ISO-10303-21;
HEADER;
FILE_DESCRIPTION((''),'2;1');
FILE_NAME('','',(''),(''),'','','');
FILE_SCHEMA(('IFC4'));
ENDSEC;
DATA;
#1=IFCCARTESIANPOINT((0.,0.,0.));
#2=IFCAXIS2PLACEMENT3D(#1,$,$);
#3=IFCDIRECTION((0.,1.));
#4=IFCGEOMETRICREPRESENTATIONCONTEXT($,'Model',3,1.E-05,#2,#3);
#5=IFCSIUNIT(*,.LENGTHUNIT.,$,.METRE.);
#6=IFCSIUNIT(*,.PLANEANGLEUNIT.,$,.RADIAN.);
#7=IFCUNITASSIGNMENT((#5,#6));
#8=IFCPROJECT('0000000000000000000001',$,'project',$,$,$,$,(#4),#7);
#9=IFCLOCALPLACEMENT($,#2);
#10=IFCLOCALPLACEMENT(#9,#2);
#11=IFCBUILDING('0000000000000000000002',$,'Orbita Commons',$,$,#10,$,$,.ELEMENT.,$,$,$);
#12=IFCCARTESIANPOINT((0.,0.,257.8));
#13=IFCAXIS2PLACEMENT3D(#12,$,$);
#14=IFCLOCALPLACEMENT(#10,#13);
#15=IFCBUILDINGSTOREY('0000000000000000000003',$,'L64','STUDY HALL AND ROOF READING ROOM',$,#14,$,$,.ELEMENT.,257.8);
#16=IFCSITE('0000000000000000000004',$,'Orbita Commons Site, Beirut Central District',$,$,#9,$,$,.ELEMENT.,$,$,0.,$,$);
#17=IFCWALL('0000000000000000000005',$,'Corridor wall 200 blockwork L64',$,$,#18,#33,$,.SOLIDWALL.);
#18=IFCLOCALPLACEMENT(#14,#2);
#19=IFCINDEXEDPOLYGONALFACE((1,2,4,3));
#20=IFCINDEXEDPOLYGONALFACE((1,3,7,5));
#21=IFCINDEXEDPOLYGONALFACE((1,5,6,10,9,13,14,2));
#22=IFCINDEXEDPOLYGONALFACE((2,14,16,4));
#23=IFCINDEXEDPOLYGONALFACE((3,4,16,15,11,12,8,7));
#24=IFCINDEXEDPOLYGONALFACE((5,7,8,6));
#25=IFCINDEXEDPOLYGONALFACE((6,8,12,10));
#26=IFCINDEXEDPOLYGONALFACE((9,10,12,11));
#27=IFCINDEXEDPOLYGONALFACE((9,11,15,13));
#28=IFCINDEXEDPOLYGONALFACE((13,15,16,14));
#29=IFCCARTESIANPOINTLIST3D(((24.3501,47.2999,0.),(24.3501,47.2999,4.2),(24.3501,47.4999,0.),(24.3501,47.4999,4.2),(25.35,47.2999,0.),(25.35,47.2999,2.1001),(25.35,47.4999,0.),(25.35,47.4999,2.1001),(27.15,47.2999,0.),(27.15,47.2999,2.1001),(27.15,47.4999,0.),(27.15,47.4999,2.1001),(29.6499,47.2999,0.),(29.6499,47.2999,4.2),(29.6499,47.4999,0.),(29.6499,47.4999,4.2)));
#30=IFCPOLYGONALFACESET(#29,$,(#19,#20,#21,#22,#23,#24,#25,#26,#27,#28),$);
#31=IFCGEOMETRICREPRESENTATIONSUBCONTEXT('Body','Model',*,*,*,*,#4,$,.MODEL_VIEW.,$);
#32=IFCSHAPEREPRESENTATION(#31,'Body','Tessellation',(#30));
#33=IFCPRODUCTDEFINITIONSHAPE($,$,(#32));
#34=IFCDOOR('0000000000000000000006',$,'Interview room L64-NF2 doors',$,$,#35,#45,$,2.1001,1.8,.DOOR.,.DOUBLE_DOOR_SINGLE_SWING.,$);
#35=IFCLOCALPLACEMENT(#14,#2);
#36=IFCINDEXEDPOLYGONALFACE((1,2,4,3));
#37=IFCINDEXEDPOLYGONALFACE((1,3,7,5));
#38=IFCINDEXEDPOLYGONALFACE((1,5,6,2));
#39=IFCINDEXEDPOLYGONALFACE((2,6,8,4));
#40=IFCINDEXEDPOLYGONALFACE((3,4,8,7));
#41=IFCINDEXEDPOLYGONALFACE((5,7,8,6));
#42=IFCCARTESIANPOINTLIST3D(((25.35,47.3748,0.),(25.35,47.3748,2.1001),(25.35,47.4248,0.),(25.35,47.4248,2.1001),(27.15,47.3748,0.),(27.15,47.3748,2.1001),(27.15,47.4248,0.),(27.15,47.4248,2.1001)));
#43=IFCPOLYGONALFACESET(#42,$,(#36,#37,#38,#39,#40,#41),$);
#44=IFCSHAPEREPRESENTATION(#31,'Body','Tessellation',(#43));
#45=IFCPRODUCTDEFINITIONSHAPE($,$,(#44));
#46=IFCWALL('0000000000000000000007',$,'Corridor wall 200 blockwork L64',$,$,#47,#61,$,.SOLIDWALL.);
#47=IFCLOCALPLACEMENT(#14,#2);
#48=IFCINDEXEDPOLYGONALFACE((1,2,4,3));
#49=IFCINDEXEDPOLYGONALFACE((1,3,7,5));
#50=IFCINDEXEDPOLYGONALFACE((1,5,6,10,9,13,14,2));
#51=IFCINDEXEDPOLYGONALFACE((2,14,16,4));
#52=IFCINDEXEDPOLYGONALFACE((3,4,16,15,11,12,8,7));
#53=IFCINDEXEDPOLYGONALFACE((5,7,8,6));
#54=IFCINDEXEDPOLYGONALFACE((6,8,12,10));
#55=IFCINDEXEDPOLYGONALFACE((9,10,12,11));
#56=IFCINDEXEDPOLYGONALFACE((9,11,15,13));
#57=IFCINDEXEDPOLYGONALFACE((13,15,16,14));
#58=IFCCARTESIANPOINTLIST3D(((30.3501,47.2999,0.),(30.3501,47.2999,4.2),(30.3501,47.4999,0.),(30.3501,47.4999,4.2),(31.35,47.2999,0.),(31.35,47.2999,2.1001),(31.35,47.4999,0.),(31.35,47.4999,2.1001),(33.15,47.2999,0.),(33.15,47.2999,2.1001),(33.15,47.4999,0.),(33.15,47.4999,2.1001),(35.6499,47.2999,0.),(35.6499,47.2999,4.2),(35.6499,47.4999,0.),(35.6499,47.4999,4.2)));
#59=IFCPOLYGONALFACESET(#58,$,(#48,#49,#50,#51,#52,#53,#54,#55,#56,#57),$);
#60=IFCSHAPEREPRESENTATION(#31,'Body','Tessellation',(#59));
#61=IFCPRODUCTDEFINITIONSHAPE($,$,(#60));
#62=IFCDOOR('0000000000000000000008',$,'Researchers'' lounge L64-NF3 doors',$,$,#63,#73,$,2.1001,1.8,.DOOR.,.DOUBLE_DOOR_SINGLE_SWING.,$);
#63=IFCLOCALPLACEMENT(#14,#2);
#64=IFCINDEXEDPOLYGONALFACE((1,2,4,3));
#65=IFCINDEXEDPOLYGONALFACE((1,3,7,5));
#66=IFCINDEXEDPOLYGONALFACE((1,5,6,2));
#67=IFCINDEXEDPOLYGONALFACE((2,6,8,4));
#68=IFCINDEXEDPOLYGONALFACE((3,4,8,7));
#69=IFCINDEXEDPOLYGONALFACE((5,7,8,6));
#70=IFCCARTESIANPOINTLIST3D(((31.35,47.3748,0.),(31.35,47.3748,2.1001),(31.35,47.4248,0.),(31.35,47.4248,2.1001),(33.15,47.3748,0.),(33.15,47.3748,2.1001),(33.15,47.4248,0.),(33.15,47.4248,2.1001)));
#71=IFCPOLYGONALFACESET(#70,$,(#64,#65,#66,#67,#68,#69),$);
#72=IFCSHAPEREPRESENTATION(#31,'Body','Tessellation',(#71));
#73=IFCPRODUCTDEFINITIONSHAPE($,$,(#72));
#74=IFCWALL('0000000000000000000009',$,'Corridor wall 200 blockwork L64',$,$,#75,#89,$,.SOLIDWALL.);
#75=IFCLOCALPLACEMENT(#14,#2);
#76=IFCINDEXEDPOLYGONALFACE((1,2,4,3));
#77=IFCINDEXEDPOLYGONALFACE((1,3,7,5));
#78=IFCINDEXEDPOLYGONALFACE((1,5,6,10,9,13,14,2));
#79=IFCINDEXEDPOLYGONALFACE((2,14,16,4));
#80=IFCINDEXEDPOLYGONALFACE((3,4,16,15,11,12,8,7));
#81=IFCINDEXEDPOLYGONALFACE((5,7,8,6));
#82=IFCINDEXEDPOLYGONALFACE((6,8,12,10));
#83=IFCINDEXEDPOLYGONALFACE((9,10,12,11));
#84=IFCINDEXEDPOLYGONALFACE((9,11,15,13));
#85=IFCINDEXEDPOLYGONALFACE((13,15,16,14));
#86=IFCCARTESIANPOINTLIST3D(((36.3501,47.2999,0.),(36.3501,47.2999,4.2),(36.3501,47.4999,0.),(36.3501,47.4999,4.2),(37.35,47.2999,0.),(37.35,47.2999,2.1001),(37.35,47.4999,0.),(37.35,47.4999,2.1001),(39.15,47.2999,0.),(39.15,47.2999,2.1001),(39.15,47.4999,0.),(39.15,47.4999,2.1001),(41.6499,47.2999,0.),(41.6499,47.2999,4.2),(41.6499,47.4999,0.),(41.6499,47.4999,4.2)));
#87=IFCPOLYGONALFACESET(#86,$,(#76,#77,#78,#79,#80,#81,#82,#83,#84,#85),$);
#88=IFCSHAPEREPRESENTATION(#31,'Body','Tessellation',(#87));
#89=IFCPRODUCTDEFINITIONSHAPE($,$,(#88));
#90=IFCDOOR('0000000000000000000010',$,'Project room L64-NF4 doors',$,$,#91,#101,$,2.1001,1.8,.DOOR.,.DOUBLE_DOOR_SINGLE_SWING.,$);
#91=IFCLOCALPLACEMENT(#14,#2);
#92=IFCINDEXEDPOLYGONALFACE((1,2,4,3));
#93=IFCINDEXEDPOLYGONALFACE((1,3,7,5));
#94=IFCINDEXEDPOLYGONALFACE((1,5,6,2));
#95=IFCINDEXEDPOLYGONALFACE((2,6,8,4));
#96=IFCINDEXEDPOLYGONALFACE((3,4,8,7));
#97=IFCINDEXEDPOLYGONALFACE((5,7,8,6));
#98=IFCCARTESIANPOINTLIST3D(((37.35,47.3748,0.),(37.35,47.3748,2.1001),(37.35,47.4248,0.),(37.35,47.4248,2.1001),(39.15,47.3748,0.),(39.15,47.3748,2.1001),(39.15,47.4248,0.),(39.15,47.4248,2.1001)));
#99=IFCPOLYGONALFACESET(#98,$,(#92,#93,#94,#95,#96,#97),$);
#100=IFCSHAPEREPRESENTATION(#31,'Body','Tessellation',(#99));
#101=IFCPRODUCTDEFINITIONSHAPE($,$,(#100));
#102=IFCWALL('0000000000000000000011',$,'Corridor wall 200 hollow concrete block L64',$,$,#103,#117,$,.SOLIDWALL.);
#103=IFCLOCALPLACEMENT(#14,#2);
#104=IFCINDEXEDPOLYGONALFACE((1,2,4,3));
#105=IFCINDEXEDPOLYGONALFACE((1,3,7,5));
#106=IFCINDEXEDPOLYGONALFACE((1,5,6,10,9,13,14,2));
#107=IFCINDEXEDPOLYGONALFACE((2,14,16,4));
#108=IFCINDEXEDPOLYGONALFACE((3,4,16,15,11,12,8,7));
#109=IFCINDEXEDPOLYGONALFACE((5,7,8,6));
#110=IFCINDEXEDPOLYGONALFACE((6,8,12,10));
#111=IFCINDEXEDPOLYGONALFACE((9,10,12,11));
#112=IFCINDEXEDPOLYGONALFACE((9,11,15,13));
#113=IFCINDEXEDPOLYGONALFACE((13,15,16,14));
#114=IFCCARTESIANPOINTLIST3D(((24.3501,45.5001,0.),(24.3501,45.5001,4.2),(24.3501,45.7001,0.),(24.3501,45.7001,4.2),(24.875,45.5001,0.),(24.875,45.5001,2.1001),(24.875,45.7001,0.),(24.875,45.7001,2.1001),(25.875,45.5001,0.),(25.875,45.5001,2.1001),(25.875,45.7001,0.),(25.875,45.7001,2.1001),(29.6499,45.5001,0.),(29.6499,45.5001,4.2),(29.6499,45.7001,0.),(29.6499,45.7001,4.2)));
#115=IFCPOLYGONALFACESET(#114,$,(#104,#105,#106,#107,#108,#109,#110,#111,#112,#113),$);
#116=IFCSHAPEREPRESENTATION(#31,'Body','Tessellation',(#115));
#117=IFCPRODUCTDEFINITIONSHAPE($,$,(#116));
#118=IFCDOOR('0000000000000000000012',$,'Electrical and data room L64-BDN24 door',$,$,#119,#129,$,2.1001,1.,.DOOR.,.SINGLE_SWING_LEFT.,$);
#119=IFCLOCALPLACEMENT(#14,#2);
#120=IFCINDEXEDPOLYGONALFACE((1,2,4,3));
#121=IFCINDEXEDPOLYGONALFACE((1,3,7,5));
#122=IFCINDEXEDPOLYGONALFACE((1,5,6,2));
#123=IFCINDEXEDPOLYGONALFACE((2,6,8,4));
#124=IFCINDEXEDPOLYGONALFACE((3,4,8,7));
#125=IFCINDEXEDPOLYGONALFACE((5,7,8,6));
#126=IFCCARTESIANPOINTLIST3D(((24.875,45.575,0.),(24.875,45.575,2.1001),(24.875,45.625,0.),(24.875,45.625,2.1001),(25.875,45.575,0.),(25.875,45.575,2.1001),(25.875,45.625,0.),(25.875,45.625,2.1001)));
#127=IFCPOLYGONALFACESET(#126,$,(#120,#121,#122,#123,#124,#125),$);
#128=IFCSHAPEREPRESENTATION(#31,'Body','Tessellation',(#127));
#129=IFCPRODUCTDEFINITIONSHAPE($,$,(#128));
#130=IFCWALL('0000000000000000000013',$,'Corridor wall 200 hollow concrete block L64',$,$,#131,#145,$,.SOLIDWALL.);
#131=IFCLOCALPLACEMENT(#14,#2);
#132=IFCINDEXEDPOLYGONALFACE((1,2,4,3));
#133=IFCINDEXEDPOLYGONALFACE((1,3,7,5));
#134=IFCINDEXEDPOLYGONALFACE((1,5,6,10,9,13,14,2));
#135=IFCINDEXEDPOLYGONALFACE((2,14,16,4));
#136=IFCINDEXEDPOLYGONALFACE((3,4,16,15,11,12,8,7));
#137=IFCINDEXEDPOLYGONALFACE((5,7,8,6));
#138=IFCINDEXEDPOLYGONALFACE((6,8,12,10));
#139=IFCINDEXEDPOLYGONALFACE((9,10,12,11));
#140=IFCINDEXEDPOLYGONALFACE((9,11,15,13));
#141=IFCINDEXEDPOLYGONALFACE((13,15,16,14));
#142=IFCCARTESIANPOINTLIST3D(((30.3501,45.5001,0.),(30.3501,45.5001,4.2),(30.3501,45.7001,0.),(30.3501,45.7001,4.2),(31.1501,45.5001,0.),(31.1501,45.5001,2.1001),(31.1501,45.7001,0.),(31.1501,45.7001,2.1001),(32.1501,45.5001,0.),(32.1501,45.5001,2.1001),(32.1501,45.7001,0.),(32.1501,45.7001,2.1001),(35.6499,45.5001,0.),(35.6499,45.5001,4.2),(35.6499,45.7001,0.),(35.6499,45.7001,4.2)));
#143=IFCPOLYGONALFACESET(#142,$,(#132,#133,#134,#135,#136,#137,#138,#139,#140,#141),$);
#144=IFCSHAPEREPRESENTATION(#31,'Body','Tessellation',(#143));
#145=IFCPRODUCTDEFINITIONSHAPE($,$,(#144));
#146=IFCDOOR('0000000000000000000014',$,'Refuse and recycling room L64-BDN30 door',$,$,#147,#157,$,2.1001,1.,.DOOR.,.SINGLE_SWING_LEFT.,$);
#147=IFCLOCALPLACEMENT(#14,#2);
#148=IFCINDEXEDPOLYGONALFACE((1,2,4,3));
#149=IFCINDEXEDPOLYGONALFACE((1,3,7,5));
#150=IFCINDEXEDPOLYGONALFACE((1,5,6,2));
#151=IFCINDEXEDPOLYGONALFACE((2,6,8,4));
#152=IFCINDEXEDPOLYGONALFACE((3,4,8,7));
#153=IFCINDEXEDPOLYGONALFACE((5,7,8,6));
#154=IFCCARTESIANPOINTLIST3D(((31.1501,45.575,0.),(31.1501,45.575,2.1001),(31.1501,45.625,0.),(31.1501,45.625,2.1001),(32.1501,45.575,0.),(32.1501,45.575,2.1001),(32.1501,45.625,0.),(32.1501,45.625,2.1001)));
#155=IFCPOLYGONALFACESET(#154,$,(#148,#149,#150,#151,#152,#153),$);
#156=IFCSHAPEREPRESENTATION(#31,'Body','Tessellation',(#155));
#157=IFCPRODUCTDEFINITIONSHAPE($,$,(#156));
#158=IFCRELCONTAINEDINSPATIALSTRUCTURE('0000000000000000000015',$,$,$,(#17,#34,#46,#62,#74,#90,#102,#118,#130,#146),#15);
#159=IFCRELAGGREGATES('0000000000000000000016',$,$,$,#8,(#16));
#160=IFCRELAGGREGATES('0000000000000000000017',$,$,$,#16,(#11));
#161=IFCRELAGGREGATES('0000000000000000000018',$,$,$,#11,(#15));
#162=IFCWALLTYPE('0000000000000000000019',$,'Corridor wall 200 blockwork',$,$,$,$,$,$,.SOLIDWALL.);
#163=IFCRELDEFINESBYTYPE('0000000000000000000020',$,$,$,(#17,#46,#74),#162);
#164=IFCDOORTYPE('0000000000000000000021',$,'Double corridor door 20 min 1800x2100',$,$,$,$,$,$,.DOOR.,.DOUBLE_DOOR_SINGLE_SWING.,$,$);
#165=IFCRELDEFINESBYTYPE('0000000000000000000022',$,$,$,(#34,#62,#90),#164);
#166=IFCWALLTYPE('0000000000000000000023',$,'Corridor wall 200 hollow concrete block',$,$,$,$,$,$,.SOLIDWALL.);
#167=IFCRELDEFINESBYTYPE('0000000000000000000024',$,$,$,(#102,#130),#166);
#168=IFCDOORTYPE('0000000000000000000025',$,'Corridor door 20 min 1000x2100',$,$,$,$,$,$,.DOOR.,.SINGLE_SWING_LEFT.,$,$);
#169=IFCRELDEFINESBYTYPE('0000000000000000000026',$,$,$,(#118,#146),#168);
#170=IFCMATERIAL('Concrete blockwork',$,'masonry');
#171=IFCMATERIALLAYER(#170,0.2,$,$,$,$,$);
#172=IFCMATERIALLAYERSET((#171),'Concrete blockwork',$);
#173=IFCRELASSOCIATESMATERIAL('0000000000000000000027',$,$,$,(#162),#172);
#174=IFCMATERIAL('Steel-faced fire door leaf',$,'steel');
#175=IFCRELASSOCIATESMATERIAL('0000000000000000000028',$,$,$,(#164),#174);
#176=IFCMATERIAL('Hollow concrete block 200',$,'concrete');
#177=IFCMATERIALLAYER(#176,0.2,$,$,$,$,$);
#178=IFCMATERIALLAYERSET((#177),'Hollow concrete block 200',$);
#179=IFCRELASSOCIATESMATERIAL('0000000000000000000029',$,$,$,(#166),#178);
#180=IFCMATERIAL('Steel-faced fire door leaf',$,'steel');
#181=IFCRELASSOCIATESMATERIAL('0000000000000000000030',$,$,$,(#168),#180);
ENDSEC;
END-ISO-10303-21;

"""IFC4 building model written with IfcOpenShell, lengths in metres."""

from ifc_helpers import new_model, si_unit, direction, frame, frame_2d, origin, place, context, subcontext, project, spatial, rectangle, extrude, material, layer, layer_set, type_object, element, fill, save


model = new_model("IFC4")

# Units and contexts
model_context = context("Model", 3, precision=1e-05, world=origin(), true_north=direction((0.0, 1.0)))
body_context = subcontext(model_context, "Body", "Model", "MODEL_VIEW")
ifc_project = project(units=[si_unit("LENGTHUNIT", "METRE"), si_unit("PLANEANGLEUNIT", "RADIAN")], contexts=[model_context])

# Site, building, storey
site_placement = place(None, origin())
site = spatial("IfcSite", under=ifc_project, at=site_placement, Name="Orbita Commons Site, Beirut Central District", CompositionType="ELEMENT", RefElevation=0.0)
building_placement = place(site_placement, origin())
building = spatial("IfcBuilding", under=site, at=building_placement, Name="Orbita Commons", CompositionType="ELEMENT")
storey_placement = place(building_placement, frame((0.0, 0.0, 257.8)))
storey = spatial("IfcBuildingStorey", under=building, at=storey_placement, Name="L64", Description="STUDY HALL AND ROOF READING ROOM", CompositionType="ELEMENT", Elevation=257.8)

# Walls, openings, doors
ifc_material_1 = material(Name="Concrete blockwork", Category="masonry")
ifc_layer_1 = layer(ifc_material_1, 0.2)
ifc_layer_set_1 = layer_set([ifc_layer_1], Name="Concrete blockwork")
wall_type_1 = type_object("IfcWallType", Name="Corridor wall 200 blockwork", PredefinedType="SOLIDWALL", material=ifc_layer_set_1)
wall_1_placement = place(storey_placement, frame((24.3501, 47.3999, 0.0), z_axis=(0.0, 0.0, 1.0), x_axis=(1.0, 0.0, 0.0)))
wall_1 = element("IfcWall", 1, at=wall_1_placement, inside=storey, type_object=wall_type_1, Name="Corridor wall 200 blockwork L64", PredefinedType="SOLIDWALL", context=body_context, shape_type="SweptSolid", body=[
    extrude(rectangle(XDim=5.2998, YDim=0.2, at=frame_2d((2.6499, 0.0))), origin(), (0.0, 0.0, 1.0), 4.2),
])
opening_1_placement = place(wall_1_placement, frame((1.0, 0.0, 0.0)))
opening_1 = element("IfcOpeningElement", 2, at=opening_1_placement, cuts=wall_1, PredefinedType="OPENING", context=body_context, shape_type="SweptSolid", body=[
    extrude(rectangle(XDim=1.8, YDim=2.1001, at=frame_2d((0.8999, 1.05))), frame((0.0, 0.1099, 0.0), z_axis=(0.0, -1.0, 0.0), x_axis=(1.0, 0.0, 0.0)), (0.0, 0.0, 1.0), 0.22),
])
ifc_material_2 = material(Name="Steel-faced fire door leaf", Category="steel")
door_type_1 = type_object("IfcDoorType", Name="Double corridor door 20 min 1800x2100", OperationType="DOUBLE_DOOR_SINGLE_SWING", PredefinedType="DOOR", material=ifc_material_2)
door_1_placement = place(opening_1_placement, origin())
door_1 = element("IfcDoor", 3, at=door_1_placement, inside=storey, type_object=door_type_1, Name="Interview room L64-NF2 doors", OperationType="DOUBLE_DOOR_SINGLE_SWING", OverallHeight=2.1001, OverallWidth=1.8, PredefinedType="DOOR", context=body_context, shape_type="SweptSolid", body=[
    extrude(rectangle(XDim=1.8, YDim=2.1001, at=frame_2d((0.8999, 1.05))), frame((0.0, 0.0249, 0.0), z_axis=(0.0, -1.0, 0.0), x_axis=(1.0, 0.0, 0.0)), (0.0, 0.0, 1.0), 0.05),
])
fill(opening_1, door_1)
wall_2_placement = place(storey_placement, frame((30.3501, 47.3999, 0.0), z_axis=(0.0, 0.0, 1.0), x_axis=(1.0, 0.0, 0.0)))
wall_2 = element("IfcWall", 4, at=wall_2_placement, inside=storey, type_object=wall_type_1, Name="Corridor wall 200 blockwork L64", PredefinedType="SOLIDWALL", context=body_context, shape_type="SweptSolid", body=[
    extrude(rectangle(XDim=5.2998, YDim=0.2, at=frame_2d((2.6499, 0.0))), origin(), (0.0, 0.0, 1.0), 4.2),
])
opening_2_placement = place(wall_2_placement, frame((1.0, 0.0, 0.0)))
opening_2 = element("IfcOpeningElement", 5, at=opening_2_placement, cuts=wall_2, PredefinedType="OPENING", context=body_context, shape_type="SweptSolid", body=[
    extrude(rectangle(XDim=1.8, YDim=2.1001, at=frame_2d((0.8999, 1.05))), frame((0.0, 0.1099, 0.0), z_axis=(0.0, -1.0, 0.0), x_axis=(1.0, 0.0, 0.0)), (0.0, 0.0, 1.0), 0.22),
])
door_2_placement = place(opening_2_placement, origin())
door_2 = element("IfcDoor", 6, at=door_2_placement, inside=storey, type_object=door_type_1, Name="Researchers' lounge L64-NF3 doors", OperationType="DOUBLE_DOOR_SINGLE_SWING", OverallHeight=2.1001, OverallWidth=1.8, PredefinedType="DOOR", context=body_context, shape_type="SweptSolid", body=[
    extrude(rectangle(XDim=1.8, YDim=2.1001, at=frame_2d((0.8999, 1.05))), frame((0.0, 0.0249, 0.0), z_axis=(0.0, -1.0, 0.0), x_axis=(1.0, 0.0, 0.0)), (0.0, 0.0, 1.0), 0.05),
])
fill(opening_2, door_2)
wall_3_placement = place(storey_placement, frame((36.3501, 47.3999, 0.0), z_axis=(0.0, 0.0, 1.0), x_axis=(1.0, 0.0, 0.0)))
wall_3 = element("IfcWall", 7, at=wall_3_placement, inside=storey, type_object=wall_type_1, Name="Corridor wall 200 blockwork L64", PredefinedType="SOLIDWALL", context=body_context, shape_type="SweptSolid", body=[
    extrude(rectangle(XDim=5.2998, YDim=0.2, at=frame_2d((2.6499, 0.0))), origin(), (0.0, 0.0, 1.0), 4.2),
])
opening_3_placement = place(wall_3_placement, frame((1.0, 0.0, 0.0)))
opening_3 = element("IfcOpeningElement", 8, at=opening_3_placement, cuts=wall_3, PredefinedType="OPENING", context=body_context, shape_type="SweptSolid", body=[
    extrude(rectangle(XDim=1.8, YDim=2.1001, at=frame_2d((0.8999, 1.05))), frame((0.0, 0.1099, 0.0), z_axis=(0.0, -1.0, 0.0), x_axis=(1.0, 0.0, 0.0)), (0.0, 0.0, 1.0), 0.22),
])
door_3_placement = place(opening_3_placement, origin())
door_3 = element("IfcDoor", 9, at=door_3_placement, inside=storey, type_object=door_type_1, Name="Project room L64-NF4 doors", OperationType="DOUBLE_DOOR_SINGLE_SWING", OverallHeight=2.1001, OverallWidth=1.8, PredefinedType="DOOR", context=body_context, shape_type="SweptSolid", body=[
    extrude(rectangle(XDim=1.8, YDim=2.1001, at=frame_2d((0.8999, 1.05))), frame((0.0, 0.0249, 0.0), z_axis=(0.0, -1.0, 0.0), x_axis=(1.0, 0.0, 0.0)), (0.0, 0.0, 1.0), 0.05),
])
fill(opening_3, door_3)
ifc_material_3 = material(Name="Hollow concrete block 200", Category="concrete")
ifc_layer_2 = layer(ifc_material_3, 0.2)
ifc_layer_set_2 = layer_set([ifc_layer_2], Name="Hollow concrete block 200")
wall_type_2 = type_object("IfcWallType", Name="Corridor wall 200 hollow concrete block", PredefinedType="SOLIDWALL", material=ifc_layer_set_2)
wall_4_placement = place(storey_placement, frame((24.3501, 45.6001, 0.0), z_axis=(0.0, 0.0, 1.0), x_axis=(1.0, 0.0, 0.0)))
wall_4 = element("IfcWall", 10, at=wall_4_placement, inside=storey, type_object=wall_type_2, Name="Corridor wall 200 hollow concrete block L64", PredefinedType="SOLIDWALL", context=body_context, shape_type="SweptSolid", body=[
    extrude(rectangle(XDim=5.2998, YDim=0.2, at=frame_2d((2.6499, 0.0))), origin(), (0.0, 0.0, 1.0), 4.2),
])
opening_4_placement = place(wall_4_placement, frame((0.5249, 0.0, 0.0)))
opening_4 = element("IfcOpeningElement", 11, at=opening_4_placement, cuts=wall_4, PredefinedType="OPENING", context=body_context, shape_type="SweptSolid", body=[
    extrude(rectangle(XDim=1.0, YDim=2.1001, at=frame_2d((0.5, 1.05))), frame((0.0, 0.1099, 0.0), z_axis=(0.0, -1.0, 0.0), x_axis=(1.0, 0.0, 0.0)), (0.0, 0.0, 1.0), 0.22),
])
ifc_material_4 = material(Name="Steel-faced fire door leaf", Category="steel")
door_type_2 = type_object("IfcDoorType", Name="Corridor door 20 min 1000x2100", OperationType="SINGLE_SWING_LEFT", PredefinedType="DOOR", material=ifc_material_4)
door_4_placement = place(opening_4_placement, origin())
door_4 = element("IfcDoor", 12, at=door_4_placement, inside=storey, type_object=door_type_2, Name="Electrical and data room L64-BDN24 door", OperationType="SINGLE_SWING_LEFT", OverallHeight=2.1001, OverallWidth=1.0, PredefinedType="DOOR", context=body_context, shape_type="SweptSolid", body=[
    extrude(rectangle(XDim=1.0, YDim=2.1001, at=frame_2d((0.5, 1.05))), frame((0.0, 0.0249, 0.0), z_axis=(0.0, -1.0, 0.0), x_axis=(1.0, 0.0, 0.0)), (0.0, 0.0, 1.0), 0.05),
])
fill(opening_4, door_4)
wall_5_placement = place(storey_placement, frame((30.3501, 45.6001, 0.0), z_axis=(0.0, 0.0, 1.0), x_axis=(1.0, 0.0, 0.0)))
wall_5 = element("IfcWall", 13, at=wall_5_placement, inside=storey, type_object=wall_type_2, Name="Corridor wall 200 hollow concrete block L64", PredefinedType="SOLIDWALL", context=body_context, shape_type="SweptSolid", body=[
    extrude(rectangle(XDim=5.2998, YDim=0.2, at=frame_2d((2.6499, 0.0))), origin(), (0.0, 0.0, 1.0), 4.2),
])
opening_5_placement = place(wall_5_placement, frame((0.8, 0.0, 0.0)))
opening_5 = element("IfcOpeningElement", 14, at=opening_5_placement, cuts=wall_5, PredefinedType="OPENING", context=body_context, shape_type="SweptSolid", body=[
    extrude(rectangle(XDim=1.0, YDim=2.1001, at=frame_2d((0.5, 1.05))), frame((0.0, 0.1099, 0.0), z_axis=(0.0, -1.0, 0.0), x_axis=(1.0, 0.0, 0.0)), (0.0, 0.0, 1.0), 0.22),
])
door_5_placement = place(opening_5_placement, origin())
door_5 = element("IfcDoor", 15, at=door_5_placement, inside=storey, type_object=door_type_2, Name="Refuse and recycling room L64-BDN30 door", OperationType="SINGLE_SWING_LEFT", OverallHeight=2.1001, OverallWidth=1.0, PredefinedType="DOOR", context=body_context, shape_type="SweptSolid", body=[
    extrude(rectangle(XDim=1.0, YDim=2.1001, at=frame_2d((0.5, 1.05))), frame((0.0, 0.0249, 0.0), z_axis=(0.0, -1.0, 0.0), x_axis=(1.0, 0.0, 0.0)), (0.0, 0.0, 1.0), 0.05),
])
fill(opening_5, door_5)

save(model, "model.ifc")
